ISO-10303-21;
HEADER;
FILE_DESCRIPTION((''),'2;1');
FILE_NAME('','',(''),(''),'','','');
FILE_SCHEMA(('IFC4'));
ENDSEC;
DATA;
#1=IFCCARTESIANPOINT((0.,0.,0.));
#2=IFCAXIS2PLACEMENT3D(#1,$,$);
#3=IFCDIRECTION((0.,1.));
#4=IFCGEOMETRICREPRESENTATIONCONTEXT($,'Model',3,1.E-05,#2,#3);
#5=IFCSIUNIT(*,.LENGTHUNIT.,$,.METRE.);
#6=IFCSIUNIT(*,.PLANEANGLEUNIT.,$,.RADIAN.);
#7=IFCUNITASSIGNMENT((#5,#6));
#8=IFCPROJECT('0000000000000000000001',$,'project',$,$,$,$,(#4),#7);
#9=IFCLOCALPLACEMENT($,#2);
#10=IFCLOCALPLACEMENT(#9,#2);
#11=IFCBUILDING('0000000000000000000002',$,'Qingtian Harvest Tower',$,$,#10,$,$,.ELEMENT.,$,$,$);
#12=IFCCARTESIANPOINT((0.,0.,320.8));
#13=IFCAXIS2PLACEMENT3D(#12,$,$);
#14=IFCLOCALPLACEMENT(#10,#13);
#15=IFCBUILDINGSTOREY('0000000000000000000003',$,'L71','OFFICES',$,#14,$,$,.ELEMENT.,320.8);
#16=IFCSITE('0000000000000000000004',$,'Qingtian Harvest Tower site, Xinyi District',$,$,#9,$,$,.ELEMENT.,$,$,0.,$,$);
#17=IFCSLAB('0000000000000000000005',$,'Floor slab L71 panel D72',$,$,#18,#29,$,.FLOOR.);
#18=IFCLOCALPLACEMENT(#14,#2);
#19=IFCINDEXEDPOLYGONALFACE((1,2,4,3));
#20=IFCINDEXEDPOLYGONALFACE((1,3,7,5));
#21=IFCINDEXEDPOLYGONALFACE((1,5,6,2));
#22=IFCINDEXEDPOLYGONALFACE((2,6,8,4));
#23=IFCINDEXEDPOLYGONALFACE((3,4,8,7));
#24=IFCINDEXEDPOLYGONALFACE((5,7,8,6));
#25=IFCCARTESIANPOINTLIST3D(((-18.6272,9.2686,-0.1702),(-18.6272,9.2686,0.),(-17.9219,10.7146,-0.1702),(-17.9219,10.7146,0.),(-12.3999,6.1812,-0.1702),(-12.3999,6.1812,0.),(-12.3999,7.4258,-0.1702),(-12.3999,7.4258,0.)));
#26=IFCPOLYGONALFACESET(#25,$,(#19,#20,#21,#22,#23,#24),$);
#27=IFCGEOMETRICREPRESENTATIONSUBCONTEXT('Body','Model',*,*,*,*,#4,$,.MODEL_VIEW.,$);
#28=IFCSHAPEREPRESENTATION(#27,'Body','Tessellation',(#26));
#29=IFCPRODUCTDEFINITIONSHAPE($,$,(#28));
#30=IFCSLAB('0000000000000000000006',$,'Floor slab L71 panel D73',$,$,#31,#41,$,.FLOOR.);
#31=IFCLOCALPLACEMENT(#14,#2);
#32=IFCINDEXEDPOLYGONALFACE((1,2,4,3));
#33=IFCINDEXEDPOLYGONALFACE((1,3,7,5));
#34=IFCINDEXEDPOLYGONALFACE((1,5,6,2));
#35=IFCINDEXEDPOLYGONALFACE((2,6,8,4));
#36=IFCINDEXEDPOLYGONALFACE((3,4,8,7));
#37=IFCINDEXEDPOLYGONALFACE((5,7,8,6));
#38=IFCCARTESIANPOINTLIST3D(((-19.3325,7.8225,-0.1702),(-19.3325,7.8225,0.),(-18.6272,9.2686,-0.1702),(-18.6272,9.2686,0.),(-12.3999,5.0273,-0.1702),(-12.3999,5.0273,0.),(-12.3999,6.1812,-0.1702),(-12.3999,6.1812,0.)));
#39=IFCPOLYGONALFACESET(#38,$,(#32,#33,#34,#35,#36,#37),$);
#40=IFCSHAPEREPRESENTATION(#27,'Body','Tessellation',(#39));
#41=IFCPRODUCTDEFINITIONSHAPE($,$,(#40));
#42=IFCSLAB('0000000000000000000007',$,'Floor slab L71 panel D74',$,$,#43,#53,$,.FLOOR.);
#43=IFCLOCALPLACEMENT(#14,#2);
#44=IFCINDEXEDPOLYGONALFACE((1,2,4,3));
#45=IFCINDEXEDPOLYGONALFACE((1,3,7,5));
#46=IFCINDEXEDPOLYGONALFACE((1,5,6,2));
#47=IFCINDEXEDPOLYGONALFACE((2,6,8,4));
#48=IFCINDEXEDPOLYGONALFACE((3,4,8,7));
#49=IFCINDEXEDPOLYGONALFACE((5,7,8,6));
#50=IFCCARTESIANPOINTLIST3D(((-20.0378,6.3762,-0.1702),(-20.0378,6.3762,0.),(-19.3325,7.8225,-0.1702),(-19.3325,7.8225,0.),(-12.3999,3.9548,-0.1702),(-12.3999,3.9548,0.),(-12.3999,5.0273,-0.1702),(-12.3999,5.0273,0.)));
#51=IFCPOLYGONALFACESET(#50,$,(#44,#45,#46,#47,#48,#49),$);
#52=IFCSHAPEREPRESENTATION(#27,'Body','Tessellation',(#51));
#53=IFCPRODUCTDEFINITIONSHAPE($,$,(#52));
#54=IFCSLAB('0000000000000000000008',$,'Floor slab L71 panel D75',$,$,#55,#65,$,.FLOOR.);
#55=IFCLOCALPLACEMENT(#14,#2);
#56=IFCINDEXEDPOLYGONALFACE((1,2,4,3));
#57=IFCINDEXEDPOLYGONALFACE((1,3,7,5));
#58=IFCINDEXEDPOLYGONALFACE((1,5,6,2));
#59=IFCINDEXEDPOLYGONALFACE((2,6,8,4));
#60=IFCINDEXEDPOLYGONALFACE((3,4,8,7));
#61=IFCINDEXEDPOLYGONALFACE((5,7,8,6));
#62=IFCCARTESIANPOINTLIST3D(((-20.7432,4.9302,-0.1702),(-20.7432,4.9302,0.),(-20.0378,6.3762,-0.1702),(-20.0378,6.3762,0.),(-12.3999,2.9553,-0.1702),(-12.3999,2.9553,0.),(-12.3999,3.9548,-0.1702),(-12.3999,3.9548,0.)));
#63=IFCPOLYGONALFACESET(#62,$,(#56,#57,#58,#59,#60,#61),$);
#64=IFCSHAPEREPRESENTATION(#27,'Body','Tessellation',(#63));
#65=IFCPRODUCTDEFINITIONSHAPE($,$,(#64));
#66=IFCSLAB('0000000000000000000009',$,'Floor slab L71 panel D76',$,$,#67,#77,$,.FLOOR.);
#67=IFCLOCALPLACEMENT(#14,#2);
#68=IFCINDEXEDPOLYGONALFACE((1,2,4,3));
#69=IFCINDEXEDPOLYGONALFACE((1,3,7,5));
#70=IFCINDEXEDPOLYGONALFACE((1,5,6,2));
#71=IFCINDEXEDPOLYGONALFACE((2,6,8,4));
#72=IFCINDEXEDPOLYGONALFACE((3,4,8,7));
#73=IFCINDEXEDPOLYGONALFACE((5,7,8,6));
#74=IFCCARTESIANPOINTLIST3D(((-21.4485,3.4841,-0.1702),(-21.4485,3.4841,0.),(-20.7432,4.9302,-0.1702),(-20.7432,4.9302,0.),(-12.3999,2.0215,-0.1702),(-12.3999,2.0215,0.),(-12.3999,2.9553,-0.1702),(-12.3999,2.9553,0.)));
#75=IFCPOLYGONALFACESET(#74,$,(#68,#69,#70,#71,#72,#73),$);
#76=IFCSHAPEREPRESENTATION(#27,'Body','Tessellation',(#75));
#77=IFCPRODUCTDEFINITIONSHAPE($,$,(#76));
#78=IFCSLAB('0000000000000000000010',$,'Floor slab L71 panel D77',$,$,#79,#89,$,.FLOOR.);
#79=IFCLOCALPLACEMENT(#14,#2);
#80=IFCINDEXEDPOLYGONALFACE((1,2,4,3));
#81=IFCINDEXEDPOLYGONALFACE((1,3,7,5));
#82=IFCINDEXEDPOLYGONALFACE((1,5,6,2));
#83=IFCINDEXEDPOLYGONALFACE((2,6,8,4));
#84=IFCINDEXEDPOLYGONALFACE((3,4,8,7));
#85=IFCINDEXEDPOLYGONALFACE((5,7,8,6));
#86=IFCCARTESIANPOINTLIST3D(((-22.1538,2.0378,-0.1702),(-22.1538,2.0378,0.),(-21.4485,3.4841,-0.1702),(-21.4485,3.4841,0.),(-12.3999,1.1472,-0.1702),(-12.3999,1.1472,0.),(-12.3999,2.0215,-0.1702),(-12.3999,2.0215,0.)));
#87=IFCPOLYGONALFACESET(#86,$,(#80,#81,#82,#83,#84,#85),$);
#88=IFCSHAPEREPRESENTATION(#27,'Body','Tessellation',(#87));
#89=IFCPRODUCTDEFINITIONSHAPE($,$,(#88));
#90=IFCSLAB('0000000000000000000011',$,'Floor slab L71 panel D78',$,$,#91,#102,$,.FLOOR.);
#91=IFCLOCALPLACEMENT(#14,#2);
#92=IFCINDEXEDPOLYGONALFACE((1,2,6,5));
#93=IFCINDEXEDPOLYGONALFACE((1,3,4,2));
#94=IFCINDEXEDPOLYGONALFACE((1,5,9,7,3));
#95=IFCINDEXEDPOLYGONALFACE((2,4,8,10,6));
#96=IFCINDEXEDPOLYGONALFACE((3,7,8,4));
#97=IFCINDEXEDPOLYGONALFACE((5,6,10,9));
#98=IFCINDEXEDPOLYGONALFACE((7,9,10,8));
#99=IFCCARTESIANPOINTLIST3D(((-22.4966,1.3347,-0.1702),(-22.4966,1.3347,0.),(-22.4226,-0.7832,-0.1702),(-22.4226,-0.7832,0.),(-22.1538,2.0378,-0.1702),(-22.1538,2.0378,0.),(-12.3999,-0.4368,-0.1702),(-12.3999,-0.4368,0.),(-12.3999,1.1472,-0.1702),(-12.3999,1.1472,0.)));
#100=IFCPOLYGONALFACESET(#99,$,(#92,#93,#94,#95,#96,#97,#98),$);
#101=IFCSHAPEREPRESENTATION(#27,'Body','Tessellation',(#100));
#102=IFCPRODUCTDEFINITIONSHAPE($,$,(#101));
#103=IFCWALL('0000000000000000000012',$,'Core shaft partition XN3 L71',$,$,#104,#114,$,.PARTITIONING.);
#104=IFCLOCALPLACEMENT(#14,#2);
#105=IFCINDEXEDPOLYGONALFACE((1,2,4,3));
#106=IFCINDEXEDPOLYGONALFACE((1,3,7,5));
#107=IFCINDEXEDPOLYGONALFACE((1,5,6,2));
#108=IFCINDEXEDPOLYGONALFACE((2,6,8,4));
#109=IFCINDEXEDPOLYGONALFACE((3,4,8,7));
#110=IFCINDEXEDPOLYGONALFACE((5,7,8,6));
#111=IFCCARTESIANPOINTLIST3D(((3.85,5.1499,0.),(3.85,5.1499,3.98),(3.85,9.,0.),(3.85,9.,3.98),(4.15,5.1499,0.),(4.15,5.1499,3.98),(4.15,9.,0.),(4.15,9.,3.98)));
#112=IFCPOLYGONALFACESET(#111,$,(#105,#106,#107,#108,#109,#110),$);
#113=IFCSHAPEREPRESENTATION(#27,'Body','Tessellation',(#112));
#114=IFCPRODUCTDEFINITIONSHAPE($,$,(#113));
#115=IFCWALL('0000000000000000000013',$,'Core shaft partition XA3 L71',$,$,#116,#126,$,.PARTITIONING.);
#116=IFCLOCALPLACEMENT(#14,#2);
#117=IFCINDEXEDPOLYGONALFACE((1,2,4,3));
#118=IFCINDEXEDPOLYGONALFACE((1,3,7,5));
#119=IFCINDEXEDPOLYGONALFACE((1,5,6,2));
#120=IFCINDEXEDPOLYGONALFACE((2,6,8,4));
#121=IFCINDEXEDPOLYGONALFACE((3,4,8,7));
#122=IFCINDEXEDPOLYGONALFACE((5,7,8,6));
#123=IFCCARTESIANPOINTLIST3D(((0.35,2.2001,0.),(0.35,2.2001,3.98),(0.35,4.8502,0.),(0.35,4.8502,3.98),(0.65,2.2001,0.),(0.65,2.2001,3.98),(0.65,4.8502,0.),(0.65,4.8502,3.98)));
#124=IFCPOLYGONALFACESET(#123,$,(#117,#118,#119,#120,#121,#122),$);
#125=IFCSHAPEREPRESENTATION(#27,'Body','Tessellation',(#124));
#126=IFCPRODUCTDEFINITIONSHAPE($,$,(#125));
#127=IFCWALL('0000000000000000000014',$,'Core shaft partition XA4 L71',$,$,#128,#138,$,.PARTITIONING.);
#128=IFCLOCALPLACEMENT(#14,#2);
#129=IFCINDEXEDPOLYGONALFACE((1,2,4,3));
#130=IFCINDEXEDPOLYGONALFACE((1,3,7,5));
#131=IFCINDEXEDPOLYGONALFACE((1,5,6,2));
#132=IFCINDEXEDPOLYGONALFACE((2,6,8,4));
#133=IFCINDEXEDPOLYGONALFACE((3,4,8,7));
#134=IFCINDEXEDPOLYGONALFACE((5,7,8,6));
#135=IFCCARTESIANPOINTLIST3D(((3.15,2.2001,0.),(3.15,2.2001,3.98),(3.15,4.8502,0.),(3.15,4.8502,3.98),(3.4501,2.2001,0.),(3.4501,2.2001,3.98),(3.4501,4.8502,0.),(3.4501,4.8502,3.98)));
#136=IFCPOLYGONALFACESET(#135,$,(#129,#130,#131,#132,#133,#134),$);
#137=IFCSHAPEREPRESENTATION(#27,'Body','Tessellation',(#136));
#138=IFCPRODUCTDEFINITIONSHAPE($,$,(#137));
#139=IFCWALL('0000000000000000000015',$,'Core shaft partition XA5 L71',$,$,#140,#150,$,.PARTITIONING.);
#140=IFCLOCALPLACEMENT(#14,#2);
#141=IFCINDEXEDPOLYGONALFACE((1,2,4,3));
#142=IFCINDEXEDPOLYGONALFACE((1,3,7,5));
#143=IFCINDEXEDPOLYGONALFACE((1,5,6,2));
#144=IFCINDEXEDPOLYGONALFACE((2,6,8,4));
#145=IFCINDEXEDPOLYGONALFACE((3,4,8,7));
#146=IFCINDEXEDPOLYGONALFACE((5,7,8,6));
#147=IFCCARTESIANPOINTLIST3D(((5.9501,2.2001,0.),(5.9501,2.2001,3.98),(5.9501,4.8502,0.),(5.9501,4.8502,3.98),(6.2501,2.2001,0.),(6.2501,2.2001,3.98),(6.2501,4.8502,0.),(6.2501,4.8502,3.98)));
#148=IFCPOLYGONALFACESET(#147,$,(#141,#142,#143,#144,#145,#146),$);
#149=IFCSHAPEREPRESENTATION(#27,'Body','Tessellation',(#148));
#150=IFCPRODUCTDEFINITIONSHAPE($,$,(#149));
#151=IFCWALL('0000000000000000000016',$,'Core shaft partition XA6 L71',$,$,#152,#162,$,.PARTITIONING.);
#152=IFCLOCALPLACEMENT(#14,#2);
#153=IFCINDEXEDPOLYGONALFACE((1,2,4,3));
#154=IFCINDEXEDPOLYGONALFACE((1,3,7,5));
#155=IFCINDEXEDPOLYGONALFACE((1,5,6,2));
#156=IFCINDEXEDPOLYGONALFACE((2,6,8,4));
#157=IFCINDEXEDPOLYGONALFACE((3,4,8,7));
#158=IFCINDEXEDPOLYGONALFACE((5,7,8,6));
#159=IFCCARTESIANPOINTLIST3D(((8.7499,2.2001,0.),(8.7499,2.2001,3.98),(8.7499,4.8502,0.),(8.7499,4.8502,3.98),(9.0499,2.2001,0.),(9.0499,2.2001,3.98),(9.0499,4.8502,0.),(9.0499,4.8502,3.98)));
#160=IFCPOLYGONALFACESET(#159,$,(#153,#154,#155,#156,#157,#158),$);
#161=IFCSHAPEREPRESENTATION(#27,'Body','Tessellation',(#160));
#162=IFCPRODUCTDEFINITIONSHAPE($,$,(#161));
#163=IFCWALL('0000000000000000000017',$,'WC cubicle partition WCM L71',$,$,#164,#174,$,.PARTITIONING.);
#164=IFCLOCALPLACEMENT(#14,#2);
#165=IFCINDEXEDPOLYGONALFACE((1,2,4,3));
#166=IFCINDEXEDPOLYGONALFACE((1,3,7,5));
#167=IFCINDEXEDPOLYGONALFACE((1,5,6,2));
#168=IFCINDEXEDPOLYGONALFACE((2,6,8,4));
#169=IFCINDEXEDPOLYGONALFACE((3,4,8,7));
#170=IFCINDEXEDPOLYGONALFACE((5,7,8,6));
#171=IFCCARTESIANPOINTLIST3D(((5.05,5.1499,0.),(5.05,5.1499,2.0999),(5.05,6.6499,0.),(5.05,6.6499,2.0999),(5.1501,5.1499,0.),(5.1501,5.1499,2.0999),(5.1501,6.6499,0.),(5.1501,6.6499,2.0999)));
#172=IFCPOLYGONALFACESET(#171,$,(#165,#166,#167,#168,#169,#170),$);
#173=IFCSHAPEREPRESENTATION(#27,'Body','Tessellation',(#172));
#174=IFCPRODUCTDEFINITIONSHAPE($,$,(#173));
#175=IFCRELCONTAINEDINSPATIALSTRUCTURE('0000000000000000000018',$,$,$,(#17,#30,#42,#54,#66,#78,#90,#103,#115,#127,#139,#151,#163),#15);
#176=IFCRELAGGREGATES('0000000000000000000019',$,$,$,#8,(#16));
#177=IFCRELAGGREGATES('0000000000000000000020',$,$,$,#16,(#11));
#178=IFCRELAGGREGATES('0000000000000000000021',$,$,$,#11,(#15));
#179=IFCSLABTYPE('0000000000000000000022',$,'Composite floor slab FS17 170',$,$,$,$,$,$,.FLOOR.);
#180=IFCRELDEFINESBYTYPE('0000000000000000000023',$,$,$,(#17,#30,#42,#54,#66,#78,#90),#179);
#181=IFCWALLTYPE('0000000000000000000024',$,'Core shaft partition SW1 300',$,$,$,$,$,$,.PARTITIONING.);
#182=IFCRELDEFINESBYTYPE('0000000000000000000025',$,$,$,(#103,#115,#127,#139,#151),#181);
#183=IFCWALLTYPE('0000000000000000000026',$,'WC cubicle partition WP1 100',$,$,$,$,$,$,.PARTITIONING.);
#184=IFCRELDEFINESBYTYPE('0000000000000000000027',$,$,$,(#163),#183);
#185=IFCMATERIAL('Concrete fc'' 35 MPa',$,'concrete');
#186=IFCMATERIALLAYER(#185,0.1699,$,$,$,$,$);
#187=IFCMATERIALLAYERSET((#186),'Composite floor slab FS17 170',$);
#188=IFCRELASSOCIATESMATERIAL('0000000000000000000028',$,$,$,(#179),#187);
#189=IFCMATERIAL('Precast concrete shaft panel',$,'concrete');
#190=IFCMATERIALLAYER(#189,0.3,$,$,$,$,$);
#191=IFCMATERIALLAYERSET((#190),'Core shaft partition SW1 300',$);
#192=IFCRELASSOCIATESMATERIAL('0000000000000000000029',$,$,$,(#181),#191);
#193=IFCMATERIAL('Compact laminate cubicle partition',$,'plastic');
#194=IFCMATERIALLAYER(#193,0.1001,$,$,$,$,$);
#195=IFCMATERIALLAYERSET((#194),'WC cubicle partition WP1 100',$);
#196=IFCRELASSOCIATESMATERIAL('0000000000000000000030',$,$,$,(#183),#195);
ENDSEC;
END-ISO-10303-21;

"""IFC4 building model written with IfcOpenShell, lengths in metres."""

from ifc_helpers import new_model, si_unit, direction, frame, frame_2d, origin, place, context, subcontext, project, spatial, polyline, rectangle, outline, extrude, material, layer, layer_set, type_object, element, save


model = new_model("IFC4")

# Units and contexts
model_context = context("Model", 3, precision=1e-05, world=origin(), true_north=direction((0.0, 1.0)))
body_context = subcontext(model_context, "Body", "Model", "MODEL_VIEW")
ifc_project = project(units=[si_unit("LENGTHUNIT", "METRE"), si_unit("PLANEANGLEUNIT", "RADIAN")], contexts=[model_context])

# Site, building, storey
site_placement = place(None, origin())
site = spatial("IfcSite", under=ifc_project, at=site_placement, Name="Qingtian Harvest Tower site, Xinyi District", CompositionType="ELEMENT", RefElevation=0.0)
building_placement = place(site_placement, origin())
building = spatial("IfcBuilding", under=site, at=building_placement, Name="Qingtian Harvest Tower", CompositionType="ELEMENT")
storey_placement = place(building_placement, frame((0.0, 0.0, 320.8)))
storey = spatial("IfcBuildingStorey", under=building, at=storey_placement, Name="L71", Description="OFFICES", CompositionType="ELEMENT", Elevation=320.8)

# Slabs
ifc_material_1 = material(Name="Concrete fc' 35 MPa", Category="concrete")
ifc_layer_1 = layer(ifc_material_1, 0.1699)
ifc_layer_set_1 = layer_set([ifc_layer_1], Name="Composite floor slab FS17 170")
slab_type = type_object("IfcSlabType", Name="Composite floor slab FS17 170", PredefinedType="FLOOR", material=ifc_layer_set_1)
slab_1_placement = place(storey_placement, frame((0.0, 0.0, -0.1702)))
element("IfcSlab", 1, at=slab_1_placement, inside=storey, type_object=slab_type, Name="Floor slab L71 panel D72", PredefinedType="FLOOR", context=body_context, shape_type="SweptSolid", body=[
    extrude(outline(polyline([(-12.3999, 6.1812), (-18.6272, 9.2686), (-17.9219, 10.7146), (-12.3999, 7.4258), (-12.3999, 6.1812)])), origin(), (0.0, 0.0, 1.0), 0.1702),
])
slab_2_placement = place(storey_placement, frame((0.0, 0.0, -0.1702)))
element("IfcSlab", 2, at=slab_2_placement, inside=storey, type_object=slab_type, Name="Floor slab L71 panel D73", PredefinedType="FLOOR", context=body_context, shape_type="SweptSolid", body=[
    extrude(outline(polyline([(-12.3999, 5.0273), (-19.3325, 7.8225), (-18.6272, 9.2686), (-12.3999, 6.1812), (-12.3999, 5.0273)])), origin(), (0.0, 0.0, 1.0), 0.1702),
])
slab_3_placement = place(storey_placement, frame((0.0, 0.0, -0.1702)))
element("IfcSlab", 3, at=slab_3_placement, inside=storey, type_object=slab_type, Name="Floor slab L71 panel D74", PredefinedType="FLOOR", context=body_context, shape_type="SweptSolid", body=[
    extrude(outline(polyline([(-12.3999, 3.9548), (-20.0378, 6.3762), (-19.3325, 7.8225), (-12.3999, 5.0273), (-12.3999, 3.9548)])), origin(), (0.0, 0.0, 1.0), 0.1702),
])
slab_4_placement = place(storey_placement, frame((0.0, 0.0, -0.1702)))
element("IfcSlab", 4, at=slab_4_placement, inside=storey, type_object=slab_type, Name="Floor slab L71 panel D75", PredefinedType="FLOOR", context=body_context, shape_type="SweptSolid", body=[
    extrude(outline(polyline([(-12.3999, 2.9553), (-20.7432, 4.9302), (-20.0378, 6.3762), (-12.3999, 3.9548), (-12.3999, 2.9553)])), origin(), (0.0, 0.0, 1.0), 0.1702),
])
slab_5_placement = place(storey_placement, frame((0.0, 0.0, -0.1702)))
element("IfcSlab", 5, at=slab_5_placement, inside=storey, type_object=slab_type, Name="Floor slab L71 panel D76", PredefinedType="FLOOR", context=body_context, shape_type="SweptSolid", body=[
    extrude(outline(polyline([(-12.3999, 2.0215), (-21.4485, 3.4841), (-20.7432, 4.9302), (-12.3999, 2.9553), (-12.3999, 2.0215)])), origin(), (0.0, 0.0, 1.0), 0.1702),
])
slab_6_placement = place(storey_placement, frame((0.0, 0.0, -0.1702)))
element("IfcSlab", 6, at=slab_6_placement, inside=storey, type_object=slab_type, Name="Floor slab L71 panel D77", PredefinedType="FLOOR", context=body_context, shape_type="SweptSolid", body=[
    extrude(outline(polyline([(-12.3999, 1.1472), (-22.1538, 2.0378), (-21.4485, 3.4841), (-12.3999, 2.0215), (-12.3999, 1.1472)])), origin(), (0.0, 0.0, 1.0), 0.1702),
])
slab_7_placement = place(storey_placement, frame((0.0, 0.0, -0.1702)))
element("IfcSlab", 7, at=slab_7_placement, inside=storey, type_object=slab_type, Name="Floor slab L71 panel D78", PredefinedType="FLOOR", context=body_context, shape_type="SweptSolid", body=[
    extrude(outline(polyline([(-12.3999, 1.1472), (-12.3999, -0.4368), (-22.4226, -0.7832), (-22.4966, 1.3347), (-22.1538, 2.0378), (-12.3999, 1.1472)])), origin(), (0.0, 0.0, 1.0), 0.1702),
])

# Shared definitions
ifc_material_2 = material(Name="Precast concrete shaft panel", Category="concrete")
ifc_layer_2 = layer(ifc_material_2, 0.3)
ifc_layer_set_2 = layer_set([ifc_layer_2], Name="Core shaft partition SW1 300")
wall_type_1 = type_object("IfcWallType", Name="Core shaft partition SW1 300", PredefinedType="PARTITIONING", material=ifc_layer_set_2)

# Walls
wall_1_placement = place(storey_placement, frame((4.0, 5.1499, 0.0), z_axis=(0.0, 0.0, 1.0), x_axis=(0.0, 1.0, 0.0)))
element("IfcWall", 8, at=wall_1_placement, inside=storey, type_object=wall_type_1, Name="Core shaft partition XN3 L71", PredefinedType="PARTITIONING", context=body_context, shape_type="SweptSolid", body=[
    extrude(rectangle(XDim=3.8501, YDim=0.3, at=frame_2d((1.925, 0.0))), origin(), (0.0, 0.0, 1.0), 3.98),
])
for number, where, z_axis, x_axis, name in (
    (9, (0.5, 2.2, 0.0), (0.0, 0.0, 1.0), (0.0, 1.0, 0.0), "Core shaft partition XA3 L71"),
    (10, (3.3, 2.2, 0.0), (0.0, 0.0, 1.0), (0.0, 1.0, 0.0), "Core shaft partition XA4 L71"),
    (11, (6.1001, 2.2, 0.0), (0.0, 0.0, 1.0), (0.0, 1.0, 0.0), "Core shaft partition XA5 L71"),
    (12, (8.8999, 2.2, 0.0), (0.0, 0.0, 1.0), (0.0, 1.0, 0.0), "Core shaft partition XA6 L71"),
):
    element("IfcWall", number, at=place(storey_placement, frame(where, z_axis=z_axis, x_axis=x_axis)), inside=storey, type_object=wall_type_1, Name=name, PredefinedType="PARTITIONING", context=body_context, shape_type="SweptSolid", body=[
        extrude(rectangle(XDim=2.6501, YDim=0.3, at=frame_2d((1.3252, 0.0))), origin(), (0.0, 0.0, 1.0), 3.98),
    ])
ifc_material_3 = material(Name="Compact laminate cubicle partition", Category="plastic")
ifc_layer_3 = layer(ifc_material_3, 0.1001)
ifc_layer_set_3 = layer_set([ifc_layer_3], Name="WC cubicle partition WP1 100")
wall_type_2 = type_object("IfcWallType", Name="WC cubicle partition WP1 100", PredefinedType="PARTITIONING", material=ifc_layer_set_3)
wall_2_placement = place(storey_placement, frame((5.1001, 5.1499, 0.0), z_axis=(0.0, 0.0, 1.0), x_axis=(0.0, 1.0, 0.0)))
element("IfcWall", 13, at=wall_2_placement, inside=storey, type_object=wall_type_2, Name="WC cubicle partition WCM L71", PredefinedType="PARTITIONING", context=body_context, shape_type="SweptSolid", body=[
    extrude(rectangle(XDim=1.5, YDim=0.1001, at=frame_2d((0.75, 0.0))), origin(), (0.0, 0.0, 1.0), 2.0999),
])

save(model, "model.ifc")
